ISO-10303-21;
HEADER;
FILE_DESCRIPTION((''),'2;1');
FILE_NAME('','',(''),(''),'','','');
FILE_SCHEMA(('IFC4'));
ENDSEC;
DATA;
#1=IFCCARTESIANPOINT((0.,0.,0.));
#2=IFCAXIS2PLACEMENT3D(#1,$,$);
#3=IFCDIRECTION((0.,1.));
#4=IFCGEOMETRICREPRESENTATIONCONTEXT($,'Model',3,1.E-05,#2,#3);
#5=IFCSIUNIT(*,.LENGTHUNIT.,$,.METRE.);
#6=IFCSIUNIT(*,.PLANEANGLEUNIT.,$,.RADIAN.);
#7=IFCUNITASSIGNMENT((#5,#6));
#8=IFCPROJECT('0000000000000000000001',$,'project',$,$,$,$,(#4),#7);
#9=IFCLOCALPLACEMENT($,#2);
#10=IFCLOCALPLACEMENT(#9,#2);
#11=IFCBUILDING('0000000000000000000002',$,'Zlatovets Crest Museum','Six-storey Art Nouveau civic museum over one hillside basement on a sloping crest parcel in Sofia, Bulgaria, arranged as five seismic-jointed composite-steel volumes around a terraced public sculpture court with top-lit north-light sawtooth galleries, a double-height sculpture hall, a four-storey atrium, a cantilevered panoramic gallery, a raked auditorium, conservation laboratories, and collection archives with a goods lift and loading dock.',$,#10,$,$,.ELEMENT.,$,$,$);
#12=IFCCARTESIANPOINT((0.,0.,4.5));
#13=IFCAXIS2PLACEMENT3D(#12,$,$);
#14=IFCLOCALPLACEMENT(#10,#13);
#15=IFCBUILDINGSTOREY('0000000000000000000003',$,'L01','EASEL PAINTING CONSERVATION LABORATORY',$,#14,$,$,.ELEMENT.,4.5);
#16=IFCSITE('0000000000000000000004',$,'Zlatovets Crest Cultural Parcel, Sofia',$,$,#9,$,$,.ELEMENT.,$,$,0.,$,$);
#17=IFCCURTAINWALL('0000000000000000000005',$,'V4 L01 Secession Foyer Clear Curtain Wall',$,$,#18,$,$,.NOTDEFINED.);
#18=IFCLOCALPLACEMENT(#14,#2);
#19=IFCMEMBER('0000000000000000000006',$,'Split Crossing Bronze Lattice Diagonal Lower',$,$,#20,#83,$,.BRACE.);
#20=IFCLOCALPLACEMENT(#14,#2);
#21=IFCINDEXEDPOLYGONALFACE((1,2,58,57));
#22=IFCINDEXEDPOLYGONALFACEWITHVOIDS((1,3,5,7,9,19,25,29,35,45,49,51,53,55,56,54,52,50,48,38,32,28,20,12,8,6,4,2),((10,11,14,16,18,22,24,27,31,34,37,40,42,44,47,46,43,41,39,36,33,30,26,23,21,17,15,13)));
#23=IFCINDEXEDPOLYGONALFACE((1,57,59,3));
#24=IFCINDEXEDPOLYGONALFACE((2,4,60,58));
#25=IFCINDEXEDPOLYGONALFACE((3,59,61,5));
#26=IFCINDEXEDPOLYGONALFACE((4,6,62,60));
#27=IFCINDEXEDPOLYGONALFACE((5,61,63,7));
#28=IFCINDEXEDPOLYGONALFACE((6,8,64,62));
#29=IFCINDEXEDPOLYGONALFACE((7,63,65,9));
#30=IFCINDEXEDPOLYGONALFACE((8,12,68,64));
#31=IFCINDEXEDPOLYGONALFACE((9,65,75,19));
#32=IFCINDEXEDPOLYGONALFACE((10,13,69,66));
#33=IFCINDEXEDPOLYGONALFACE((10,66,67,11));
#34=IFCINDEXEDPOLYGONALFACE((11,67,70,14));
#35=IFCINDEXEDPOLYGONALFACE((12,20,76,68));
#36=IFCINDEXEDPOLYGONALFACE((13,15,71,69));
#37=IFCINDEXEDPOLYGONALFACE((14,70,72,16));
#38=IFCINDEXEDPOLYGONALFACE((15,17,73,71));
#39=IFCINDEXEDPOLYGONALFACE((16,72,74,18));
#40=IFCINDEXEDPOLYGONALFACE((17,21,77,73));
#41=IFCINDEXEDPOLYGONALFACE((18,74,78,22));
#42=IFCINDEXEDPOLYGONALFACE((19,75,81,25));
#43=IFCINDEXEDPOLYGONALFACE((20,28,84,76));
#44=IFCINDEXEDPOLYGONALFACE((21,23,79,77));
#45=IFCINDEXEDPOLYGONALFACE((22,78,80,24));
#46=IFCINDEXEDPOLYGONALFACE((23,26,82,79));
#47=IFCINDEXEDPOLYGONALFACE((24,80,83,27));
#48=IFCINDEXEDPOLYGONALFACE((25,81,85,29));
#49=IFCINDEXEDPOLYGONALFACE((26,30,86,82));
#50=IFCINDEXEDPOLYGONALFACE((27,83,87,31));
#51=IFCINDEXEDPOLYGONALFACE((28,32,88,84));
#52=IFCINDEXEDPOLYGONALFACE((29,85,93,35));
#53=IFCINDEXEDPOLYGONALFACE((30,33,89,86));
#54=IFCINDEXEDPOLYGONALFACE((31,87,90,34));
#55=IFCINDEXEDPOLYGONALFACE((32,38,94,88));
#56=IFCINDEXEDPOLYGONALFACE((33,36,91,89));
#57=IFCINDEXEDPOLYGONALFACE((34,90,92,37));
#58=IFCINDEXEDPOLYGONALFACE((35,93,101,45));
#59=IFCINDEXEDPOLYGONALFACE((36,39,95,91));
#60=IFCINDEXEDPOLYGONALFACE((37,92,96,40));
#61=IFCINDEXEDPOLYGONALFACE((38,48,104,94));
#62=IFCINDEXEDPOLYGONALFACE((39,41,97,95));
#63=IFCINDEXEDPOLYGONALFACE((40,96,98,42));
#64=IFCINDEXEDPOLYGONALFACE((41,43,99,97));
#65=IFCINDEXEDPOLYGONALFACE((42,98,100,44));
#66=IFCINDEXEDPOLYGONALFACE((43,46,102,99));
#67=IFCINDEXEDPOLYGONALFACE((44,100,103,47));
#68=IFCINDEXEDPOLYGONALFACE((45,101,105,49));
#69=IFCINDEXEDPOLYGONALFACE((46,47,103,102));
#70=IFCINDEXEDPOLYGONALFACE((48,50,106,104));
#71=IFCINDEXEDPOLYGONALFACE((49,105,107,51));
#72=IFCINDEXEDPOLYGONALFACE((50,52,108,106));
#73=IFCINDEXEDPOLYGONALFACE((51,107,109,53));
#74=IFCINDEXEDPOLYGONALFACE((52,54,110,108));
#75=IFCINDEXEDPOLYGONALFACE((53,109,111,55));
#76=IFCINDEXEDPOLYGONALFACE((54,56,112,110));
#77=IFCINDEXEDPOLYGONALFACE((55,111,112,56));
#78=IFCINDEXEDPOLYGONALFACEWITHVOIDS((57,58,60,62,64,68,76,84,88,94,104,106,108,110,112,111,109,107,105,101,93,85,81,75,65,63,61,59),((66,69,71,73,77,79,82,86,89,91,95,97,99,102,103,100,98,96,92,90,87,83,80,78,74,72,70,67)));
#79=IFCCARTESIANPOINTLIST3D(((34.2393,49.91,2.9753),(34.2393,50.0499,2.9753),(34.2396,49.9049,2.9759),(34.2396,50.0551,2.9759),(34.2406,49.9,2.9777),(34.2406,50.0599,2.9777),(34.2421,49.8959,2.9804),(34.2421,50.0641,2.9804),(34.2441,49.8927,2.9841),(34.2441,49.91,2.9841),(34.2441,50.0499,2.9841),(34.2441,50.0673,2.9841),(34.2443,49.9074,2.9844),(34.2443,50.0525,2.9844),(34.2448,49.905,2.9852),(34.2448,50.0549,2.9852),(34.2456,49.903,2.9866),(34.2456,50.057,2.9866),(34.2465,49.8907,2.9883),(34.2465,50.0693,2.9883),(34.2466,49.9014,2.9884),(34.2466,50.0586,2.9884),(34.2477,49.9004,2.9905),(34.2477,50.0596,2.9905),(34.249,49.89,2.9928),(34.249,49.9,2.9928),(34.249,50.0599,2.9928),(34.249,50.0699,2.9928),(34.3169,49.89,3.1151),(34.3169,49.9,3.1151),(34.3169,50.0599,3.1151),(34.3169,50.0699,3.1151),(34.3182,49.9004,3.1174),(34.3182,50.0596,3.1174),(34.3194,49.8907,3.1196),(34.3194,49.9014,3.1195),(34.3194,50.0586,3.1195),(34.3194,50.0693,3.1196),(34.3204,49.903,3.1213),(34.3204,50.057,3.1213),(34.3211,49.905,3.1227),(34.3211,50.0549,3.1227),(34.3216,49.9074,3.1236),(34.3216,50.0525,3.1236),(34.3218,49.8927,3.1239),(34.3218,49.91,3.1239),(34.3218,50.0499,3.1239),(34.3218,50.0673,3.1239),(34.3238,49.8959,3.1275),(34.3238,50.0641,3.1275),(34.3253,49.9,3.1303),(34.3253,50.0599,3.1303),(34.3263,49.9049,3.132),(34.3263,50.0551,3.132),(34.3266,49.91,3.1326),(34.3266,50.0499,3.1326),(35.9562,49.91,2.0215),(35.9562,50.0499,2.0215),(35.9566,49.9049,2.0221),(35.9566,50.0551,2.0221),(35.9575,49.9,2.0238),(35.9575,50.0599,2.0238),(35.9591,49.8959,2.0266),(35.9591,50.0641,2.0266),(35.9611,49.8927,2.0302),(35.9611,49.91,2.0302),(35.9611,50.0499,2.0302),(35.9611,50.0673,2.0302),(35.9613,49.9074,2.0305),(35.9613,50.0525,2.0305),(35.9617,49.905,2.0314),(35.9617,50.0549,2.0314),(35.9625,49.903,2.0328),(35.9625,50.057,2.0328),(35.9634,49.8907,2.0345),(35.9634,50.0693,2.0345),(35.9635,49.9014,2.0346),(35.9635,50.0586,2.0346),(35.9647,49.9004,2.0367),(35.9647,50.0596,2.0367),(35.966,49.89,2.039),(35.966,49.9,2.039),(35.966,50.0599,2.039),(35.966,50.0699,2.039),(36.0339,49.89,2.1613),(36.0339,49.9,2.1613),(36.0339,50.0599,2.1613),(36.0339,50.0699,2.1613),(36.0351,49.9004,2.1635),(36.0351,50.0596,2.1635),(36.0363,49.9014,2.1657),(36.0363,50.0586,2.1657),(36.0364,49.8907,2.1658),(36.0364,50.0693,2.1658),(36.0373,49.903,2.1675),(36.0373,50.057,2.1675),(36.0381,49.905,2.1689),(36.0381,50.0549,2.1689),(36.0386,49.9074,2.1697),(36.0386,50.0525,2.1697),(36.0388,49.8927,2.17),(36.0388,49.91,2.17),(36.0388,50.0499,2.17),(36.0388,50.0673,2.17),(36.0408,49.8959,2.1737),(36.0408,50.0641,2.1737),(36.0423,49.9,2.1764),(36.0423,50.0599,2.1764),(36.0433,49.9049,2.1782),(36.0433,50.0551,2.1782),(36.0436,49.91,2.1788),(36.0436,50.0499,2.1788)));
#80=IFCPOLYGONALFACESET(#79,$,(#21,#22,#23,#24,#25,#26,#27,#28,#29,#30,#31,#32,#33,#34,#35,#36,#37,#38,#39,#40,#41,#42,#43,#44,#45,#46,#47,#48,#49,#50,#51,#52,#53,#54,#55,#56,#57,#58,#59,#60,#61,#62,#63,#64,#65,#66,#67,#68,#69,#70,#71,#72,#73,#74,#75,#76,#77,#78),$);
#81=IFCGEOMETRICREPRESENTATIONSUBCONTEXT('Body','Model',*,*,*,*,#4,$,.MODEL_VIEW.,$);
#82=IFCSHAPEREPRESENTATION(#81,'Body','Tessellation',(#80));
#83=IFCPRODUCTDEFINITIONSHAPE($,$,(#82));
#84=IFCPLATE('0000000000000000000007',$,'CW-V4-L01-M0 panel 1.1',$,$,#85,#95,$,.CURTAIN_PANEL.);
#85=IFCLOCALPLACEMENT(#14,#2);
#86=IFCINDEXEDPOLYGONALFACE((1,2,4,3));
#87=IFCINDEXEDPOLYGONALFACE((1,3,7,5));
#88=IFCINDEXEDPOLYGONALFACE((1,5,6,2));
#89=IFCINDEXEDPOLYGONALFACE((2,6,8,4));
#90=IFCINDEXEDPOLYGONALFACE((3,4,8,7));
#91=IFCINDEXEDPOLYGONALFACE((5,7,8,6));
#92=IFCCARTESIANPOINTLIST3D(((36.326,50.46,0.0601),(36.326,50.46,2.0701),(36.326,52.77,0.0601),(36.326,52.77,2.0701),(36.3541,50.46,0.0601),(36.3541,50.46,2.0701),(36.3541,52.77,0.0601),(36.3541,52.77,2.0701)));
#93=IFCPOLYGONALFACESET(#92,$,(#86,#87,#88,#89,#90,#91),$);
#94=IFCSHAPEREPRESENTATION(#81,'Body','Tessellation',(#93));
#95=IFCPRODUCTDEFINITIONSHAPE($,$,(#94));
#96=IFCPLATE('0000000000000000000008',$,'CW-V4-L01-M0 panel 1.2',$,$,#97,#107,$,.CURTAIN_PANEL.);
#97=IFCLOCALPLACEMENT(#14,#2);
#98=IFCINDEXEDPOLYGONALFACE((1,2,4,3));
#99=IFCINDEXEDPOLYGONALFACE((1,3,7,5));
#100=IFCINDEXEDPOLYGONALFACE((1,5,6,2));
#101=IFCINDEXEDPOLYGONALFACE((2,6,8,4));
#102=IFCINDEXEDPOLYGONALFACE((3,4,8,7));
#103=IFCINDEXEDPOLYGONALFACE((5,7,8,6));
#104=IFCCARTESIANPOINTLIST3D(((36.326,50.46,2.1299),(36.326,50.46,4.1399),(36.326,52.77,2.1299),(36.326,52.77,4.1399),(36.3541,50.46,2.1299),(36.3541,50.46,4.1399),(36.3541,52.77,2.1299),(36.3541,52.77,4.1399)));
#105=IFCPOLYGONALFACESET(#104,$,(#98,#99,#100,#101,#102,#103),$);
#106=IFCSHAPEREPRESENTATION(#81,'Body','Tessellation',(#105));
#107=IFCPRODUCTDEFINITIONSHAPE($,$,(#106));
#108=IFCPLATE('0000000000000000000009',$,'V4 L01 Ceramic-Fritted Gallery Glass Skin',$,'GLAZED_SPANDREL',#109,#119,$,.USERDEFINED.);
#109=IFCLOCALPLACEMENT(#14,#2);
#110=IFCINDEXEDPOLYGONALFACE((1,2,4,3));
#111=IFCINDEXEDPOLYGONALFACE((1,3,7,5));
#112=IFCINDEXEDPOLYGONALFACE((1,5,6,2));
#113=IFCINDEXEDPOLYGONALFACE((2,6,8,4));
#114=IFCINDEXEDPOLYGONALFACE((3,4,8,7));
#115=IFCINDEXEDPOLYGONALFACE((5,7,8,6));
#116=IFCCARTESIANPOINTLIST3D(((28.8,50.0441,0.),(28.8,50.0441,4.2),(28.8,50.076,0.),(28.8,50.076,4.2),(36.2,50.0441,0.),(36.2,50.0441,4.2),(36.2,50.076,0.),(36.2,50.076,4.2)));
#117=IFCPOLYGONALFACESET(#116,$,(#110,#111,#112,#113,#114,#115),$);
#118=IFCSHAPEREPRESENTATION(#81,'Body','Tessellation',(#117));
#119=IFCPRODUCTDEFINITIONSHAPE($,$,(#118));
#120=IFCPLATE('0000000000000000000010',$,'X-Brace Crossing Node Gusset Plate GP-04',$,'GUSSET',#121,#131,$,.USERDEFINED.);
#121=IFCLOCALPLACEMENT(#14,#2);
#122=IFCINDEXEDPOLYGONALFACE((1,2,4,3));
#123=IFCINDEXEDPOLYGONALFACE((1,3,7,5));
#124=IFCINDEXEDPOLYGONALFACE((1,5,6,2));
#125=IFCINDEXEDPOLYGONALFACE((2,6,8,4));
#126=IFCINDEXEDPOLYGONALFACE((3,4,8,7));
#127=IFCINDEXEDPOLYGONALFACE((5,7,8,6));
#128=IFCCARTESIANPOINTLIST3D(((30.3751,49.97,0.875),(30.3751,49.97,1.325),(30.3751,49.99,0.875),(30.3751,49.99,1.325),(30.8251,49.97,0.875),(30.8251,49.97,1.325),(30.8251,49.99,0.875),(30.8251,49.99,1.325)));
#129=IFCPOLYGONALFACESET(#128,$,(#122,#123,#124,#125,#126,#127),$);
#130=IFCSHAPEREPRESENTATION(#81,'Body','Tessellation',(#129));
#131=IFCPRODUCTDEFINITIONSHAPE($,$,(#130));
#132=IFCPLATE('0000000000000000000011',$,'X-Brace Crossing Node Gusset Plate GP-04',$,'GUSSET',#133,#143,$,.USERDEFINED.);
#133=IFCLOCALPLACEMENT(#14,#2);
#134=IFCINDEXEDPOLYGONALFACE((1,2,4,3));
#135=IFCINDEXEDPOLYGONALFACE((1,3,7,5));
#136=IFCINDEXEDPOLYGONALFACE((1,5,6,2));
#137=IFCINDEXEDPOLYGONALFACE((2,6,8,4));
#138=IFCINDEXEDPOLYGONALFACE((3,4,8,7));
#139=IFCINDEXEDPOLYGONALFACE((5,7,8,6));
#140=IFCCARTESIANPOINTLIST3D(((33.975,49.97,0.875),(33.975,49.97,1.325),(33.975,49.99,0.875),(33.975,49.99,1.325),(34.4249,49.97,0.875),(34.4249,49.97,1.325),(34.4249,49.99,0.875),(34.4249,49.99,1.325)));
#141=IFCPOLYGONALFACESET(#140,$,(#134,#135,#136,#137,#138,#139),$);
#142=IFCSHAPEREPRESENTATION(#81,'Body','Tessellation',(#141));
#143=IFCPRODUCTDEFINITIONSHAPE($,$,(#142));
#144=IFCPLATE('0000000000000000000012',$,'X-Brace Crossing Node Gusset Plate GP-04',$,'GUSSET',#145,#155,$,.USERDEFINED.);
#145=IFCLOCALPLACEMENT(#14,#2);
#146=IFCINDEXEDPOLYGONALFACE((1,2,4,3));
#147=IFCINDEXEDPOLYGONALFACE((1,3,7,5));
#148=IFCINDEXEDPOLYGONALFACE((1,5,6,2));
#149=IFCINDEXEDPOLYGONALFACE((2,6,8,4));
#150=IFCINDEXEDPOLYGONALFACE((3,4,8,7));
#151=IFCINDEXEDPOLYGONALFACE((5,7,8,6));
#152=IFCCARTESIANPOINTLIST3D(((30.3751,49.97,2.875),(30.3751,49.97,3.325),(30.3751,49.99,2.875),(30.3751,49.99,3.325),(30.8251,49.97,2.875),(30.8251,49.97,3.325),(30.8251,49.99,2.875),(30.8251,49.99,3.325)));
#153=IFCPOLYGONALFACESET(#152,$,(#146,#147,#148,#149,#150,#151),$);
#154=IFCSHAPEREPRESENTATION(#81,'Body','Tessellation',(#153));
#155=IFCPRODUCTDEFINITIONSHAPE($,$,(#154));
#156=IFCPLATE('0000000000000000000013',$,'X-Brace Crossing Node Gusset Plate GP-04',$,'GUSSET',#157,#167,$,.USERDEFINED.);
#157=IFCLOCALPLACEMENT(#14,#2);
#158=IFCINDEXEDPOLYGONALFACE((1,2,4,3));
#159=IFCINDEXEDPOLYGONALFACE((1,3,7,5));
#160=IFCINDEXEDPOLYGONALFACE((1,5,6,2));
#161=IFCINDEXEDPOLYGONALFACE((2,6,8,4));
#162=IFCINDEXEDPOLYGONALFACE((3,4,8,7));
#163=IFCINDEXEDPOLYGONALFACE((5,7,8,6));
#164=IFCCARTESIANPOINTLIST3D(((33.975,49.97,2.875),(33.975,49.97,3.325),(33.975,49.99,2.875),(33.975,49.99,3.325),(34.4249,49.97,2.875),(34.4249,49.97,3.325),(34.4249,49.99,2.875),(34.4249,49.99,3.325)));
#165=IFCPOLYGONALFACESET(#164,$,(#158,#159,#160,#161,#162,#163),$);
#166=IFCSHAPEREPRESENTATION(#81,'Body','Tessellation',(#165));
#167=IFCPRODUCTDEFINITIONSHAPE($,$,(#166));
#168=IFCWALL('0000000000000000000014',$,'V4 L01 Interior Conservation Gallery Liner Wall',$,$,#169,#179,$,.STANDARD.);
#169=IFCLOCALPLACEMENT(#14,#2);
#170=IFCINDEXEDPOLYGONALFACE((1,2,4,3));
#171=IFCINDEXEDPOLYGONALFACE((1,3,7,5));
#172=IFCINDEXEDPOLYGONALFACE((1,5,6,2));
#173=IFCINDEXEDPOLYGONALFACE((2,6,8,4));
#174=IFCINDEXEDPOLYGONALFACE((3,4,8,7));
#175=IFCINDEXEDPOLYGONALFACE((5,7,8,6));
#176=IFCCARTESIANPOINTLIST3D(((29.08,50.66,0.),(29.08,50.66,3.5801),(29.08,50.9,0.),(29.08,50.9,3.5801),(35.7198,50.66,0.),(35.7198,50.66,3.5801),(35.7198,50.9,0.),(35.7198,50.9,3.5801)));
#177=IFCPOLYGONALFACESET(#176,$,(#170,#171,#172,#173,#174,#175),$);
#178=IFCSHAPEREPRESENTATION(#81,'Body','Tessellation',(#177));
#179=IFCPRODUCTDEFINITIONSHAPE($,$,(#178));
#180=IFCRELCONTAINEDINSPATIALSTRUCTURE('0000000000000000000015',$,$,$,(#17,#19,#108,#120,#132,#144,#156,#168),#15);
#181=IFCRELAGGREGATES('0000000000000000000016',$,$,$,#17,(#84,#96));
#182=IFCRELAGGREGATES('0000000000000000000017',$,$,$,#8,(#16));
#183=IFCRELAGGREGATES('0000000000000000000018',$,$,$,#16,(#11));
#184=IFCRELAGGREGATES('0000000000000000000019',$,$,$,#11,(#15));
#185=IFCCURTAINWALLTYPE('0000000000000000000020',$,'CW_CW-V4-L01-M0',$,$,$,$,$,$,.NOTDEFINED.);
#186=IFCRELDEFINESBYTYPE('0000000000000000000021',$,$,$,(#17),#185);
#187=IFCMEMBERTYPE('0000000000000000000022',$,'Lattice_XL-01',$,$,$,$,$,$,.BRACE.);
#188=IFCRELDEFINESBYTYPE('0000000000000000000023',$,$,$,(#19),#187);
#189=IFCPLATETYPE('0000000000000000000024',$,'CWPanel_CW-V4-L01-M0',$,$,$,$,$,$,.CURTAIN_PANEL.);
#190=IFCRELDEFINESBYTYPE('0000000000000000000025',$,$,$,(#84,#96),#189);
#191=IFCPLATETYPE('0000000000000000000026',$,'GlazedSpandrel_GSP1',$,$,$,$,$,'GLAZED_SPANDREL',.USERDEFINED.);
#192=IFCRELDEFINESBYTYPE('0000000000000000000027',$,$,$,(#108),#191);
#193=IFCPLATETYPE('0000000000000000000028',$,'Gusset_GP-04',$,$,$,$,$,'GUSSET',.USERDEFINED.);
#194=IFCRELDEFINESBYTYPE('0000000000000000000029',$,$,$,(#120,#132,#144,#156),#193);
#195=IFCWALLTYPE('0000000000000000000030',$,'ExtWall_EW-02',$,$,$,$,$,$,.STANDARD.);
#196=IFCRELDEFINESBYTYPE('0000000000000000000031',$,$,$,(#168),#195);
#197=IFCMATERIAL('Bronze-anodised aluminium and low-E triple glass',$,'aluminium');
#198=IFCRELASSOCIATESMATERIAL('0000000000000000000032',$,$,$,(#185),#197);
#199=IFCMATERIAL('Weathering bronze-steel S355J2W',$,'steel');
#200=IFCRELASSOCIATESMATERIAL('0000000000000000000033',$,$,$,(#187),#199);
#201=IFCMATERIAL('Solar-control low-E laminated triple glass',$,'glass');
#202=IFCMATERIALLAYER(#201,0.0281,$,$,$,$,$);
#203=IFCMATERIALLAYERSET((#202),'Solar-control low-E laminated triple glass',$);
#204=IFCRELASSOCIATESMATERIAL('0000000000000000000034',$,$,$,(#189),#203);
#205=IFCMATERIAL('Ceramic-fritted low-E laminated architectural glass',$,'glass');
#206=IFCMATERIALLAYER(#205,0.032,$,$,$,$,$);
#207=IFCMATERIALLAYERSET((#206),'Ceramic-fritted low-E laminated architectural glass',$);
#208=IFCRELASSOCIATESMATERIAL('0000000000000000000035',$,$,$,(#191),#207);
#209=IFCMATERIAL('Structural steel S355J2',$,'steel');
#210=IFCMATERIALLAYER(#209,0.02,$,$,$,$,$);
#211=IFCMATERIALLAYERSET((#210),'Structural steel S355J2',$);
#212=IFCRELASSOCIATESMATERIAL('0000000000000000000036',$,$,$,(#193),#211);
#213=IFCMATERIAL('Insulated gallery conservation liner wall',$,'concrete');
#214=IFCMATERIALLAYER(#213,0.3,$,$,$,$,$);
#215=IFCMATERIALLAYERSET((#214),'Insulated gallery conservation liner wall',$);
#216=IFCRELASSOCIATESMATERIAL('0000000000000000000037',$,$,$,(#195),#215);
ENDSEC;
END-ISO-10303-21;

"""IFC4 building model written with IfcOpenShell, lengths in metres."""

from ifc_helpers import new_model, si_unit, direction, frame, frame_2d, origin, origin_2d, place, context, subcontext, project, spatial, rectangle, hollow_rectangle, extrude, material, layer, layer_set, material_profile, profile_set, type_object, element, aggregate, save


model = new_model("IFC4")

# Units and contexts
model_context = context("Model", 3, precision=1e-05, world=origin(), true_north=direction((0.0, 1.0)))
body_context = subcontext(model_context, "Body", "Model", "MODEL_VIEW")
ifc_project = project(units=[si_unit("LENGTHUNIT", "METRE"), si_unit("PLANEANGLEUNIT", "RADIAN")], contexts=[model_context])

# Site, building, storey
site_placement = place(None, origin())
site = spatial("IfcSite", under=ifc_project, at=site_placement, Name="Zlatovets Crest Cultural Parcel, Sofia", CompositionType="ELEMENT", RefElevation=0.0)
building_placement = place(site_placement, origin())
building = spatial("IfcBuilding", under=site, at=building_placement, Name="Zlatovets Crest Museum", Description="Six-storey Art Nouveau civic museum over one hillside basement on a sloping crest parcel in Sofia, Bulgaria, arranged as five seismic-jointed composite-steel volumes around a terraced public sculpture court with top-lit north-light sawtooth galleries, a double-height sculpture hall, a four-storey atrium, a cantilevered panoramic gallery, a raked auditorium, conservation laboratories, and collection archives with a goods lift and loading dock.", CompositionType="ELEMENT")
storey_placement = place(building_placement, frame((0.0, 0.0, 4.5)))
storey = spatial("IfcBuildingStorey", under=building, at=storey_placement, Name="L01", Description="EASEL PAINTING CONSERVATION LABORATORY", CompositionType="ELEMENT", Elevation=4.5)

# Shared definitions
ifc_material_1 = material(Name="Structural steel S355J2", Category="steel")

# Curtain wall
ifc_material_2 = material(Name="Bronze-anodised aluminium and low-E triple glass", Category="aluminium")
curtain_wall_type = type_object("IfcCurtainWallType", Name="CW_CW-V4-L01-M0", PredefinedType="NOTDEFINED", material=ifc_material_2)
curtain_wall_placement = place(storey_placement, origin())
curtain_wall = element("IfcCurtainWall", 1, at=curtain_wall_placement, inside=storey, type_object=curtain_wall_type, Name="V4 L01 Secession Foyer Clear Curtain Wall", PredefinedType="NOTDEFINED")

# Member
ifc_material_3 = material(Name="Weathering bronze-steel S355J2W", Category="steel")
ifc_material_profile_1 = material_profile(ifc_material_3, hollow_rectangle(XDim=0.1799, YDim=0.1799, WallThickness=0.01, InnerFilletRadius=0.01, OuterFilletRadius=0.02, at=origin_2d()), Name="SHS 180x180x10.0")
ifc_profile_set_1 = profile_set([ifc_material_profile_1], Name="Weathering bronze-steel S355J2W")
member_type_1 = type_object("IfcMemberType", Name="Lattice_XL-01", PredefinedType="BRACE", material=ifc_profile_set_1)
member_1_placement = place(storey_placement, frame((34.283, 49.98, 3.054), z_axis=(0.874169, 0.0, -0.485622), x_axis=(0.0, 1.0, 0.0)))
element("IfcMember", 2, at=member_1_placement, inside=storey, type_object=member_type_1, Name="Split Crossing Bronze Lattice Diagonal Lower", PredefinedType="BRACE", context=body_context, shape_type="SweptSolid", body=[
    extrude(hollow_rectangle(XDim=0.1799, YDim=0.1799, WallThickness=0.01, InnerFilletRadius=0.01, OuterFilletRadius=0.02, at=origin_2d()), origin(), (0.0, 0.0, 1.0), 1.9641),
])

# Plates
ifc_material_4 = material(Name="Solar-control low-E laminated triple glass", Category="glass")
ifc_layer_1 = layer(ifc_material_4, 0.0281)
ifc_layer_set_1 = layer_set([ifc_layer_1], Name="Solar-control low-E laminated triple glass")
plate_type_1 = type_object("IfcPlateType", Name="CWPanel_CW-V4-L01-M0", PredefinedType="CURTAIN_PANEL", material=ifc_layer_set_1)
plate_1_placement = place(storey_placement, frame((36.3401, 51.615, 0.0601), z_axis=(0.0, 0.0, 1.0), x_axis=(0.0, 1.0, 0.0)))
plate_1 = element("IfcPlate", 3, at=plate_1_placement, type_object=plate_type_1, Name="CW-V4-L01-M0 panel 1.1", PredefinedType="CURTAIN_PANEL", context=body_context, shape_type="SweptSolid", body=[
    extrude(rectangle(XDim=2.3101, YDim=0.0281, at=origin_2d()), origin(), (0.0, 0.0, 1.0), 2.01),
])
plate_2_placement = place(storey_placement, frame((36.3401, 51.615, 2.1299), z_axis=(0.0, 0.0, 1.0), x_axis=(0.0, 1.0, 0.0)))
plate_2 = element("IfcPlate", 4, at=plate_2_placement, type_object=plate_type_1, Name="CW-V4-L01-M0 panel 1.2", PredefinedType="CURTAIN_PANEL", context=body_context, shape_type="SweptSolid", body=[
    extrude(rectangle(XDim=2.3101, YDim=0.0281, at=origin_2d()), origin(), (0.0, 0.0, 1.0), 2.01),
])
aggregate(curtain_wall, [plate_1, plate_2])

# Plates
ifc_material_5 = material(Name="Ceramic-fritted low-E laminated architectural glass", Category="glass")
ifc_layer_2 = layer(ifc_material_5, 0.032)
ifc_layer_set_2 = layer_set([ifc_layer_2], Name="Ceramic-fritted low-E laminated architectural glass")
plate_type_2 = type_object("IfcPlateType", Name="GlazedSpandrel_GSP1", ElementType="GLAZED_SPANDREL", PredefinedType="USERDEFINED", material=ifc_layer_set_2)
plate_3_placement = place(storey_placement, frame((32.5, 50.0601, 0.0), z_axis=(0.0, 0.0, 1.0), x_axis=(1.0, 0.0, 0.0)))
element("IfcPlate", 5, at=plate_3_placement, inside=storey, type_object=plate_type_2, Name="V4 L01 Ceramic-Fritted Gallery Glass Skin", ObjectType="GLAZED_SPANDREL", PredefinedType="USERDEFINED", context=body_context, shape_type="SweptSolid", body=[
    extrude(rectangle(XDim=7.3999, YDim=0.032, at=origin_2d()), origin(), (0.0, 0.0, 1.0), 4.2),
])
ifc_layer_3 = layer(ifc_material_1, 0.02)
ifc_layer_set_3 = layer_set([ifc_layer_3], Name="Structural steel S355J2")
plate_type_3 = type_object("IfcPlateType", Name="Gusset_GP-04", ElementType="GUSSET", PredefinedType="USERDEFINED", material=ifc_layer_set_3)
for number, where, z_axis, x_axis, name in (
    (6, (30.6001, 49.98, 0.875), (0.0, 0.0, 1.0), (1.0, 0.0, 0.0), "X-Brace Crossing Node Gusset Plate GP-04"),
    (7, (34.2, 49.98, 0.875), (0.0, 0.0, 1.0), (1.0, 0.0, 0.0), "X-Brace Crossing Node Gusset Plate GP-04"),
    (8, (30.6001, 49.98, 2.875), (0.0, 0.0, 1.0), (1.0, 0.0, 0.0), "X-Brace Crossing Node Gusset Plate GP-04"),
    (9, (34.2, 49.98, 2.875), (0.0, 0.0, 1.0), (1.0, 0.0, 0.0), "X-Brace Crossing Node Gusset Plate GP-04"),
):
    element("IfcPlate", number, at=place(storey_placement, frame(where, z_axis=z_axis, x_axis=x_axis)), inside=storey, type_object=plate_type_3, Name=name, ObjectType="GUSSET", PredefinedType="USERDEFINED", context=body_context, shape_type="SweptSolid", body=[
        extrude(rectangle(XDim=0.45, YDim=0.02, at=origin_2d()), origin(), (0.0, 0.0, 1.0), 0.45),
    ])

# Wall
ifc_material_6 = material(Name="Insulated gallery conservation liner wall", Category="concrete")
ifc_layer_4 = layer(ifc_material_6, 0.3)
ifc_layer_set_4 = layer_set([ifc_layer_4], Name="Insulated gallery conservation liner wall")
wall_type_1 = type_object("IfcWallType", Name="ExtWall_EW-02", PredefinedType="STANDARD", material=ifc_layer_set_4)
wall_1_placement = place(storey_placement, frame((29.0801, 50.78, 0.0), z_axis=(0.0, 0.0, 1.0), x_axis=(1.0, 0.0, 0.0)))
element("IfcWall", 10, at=wall_1_placement, inside=storey, type_object=wall_type_1, Name="V4 L01 Interior Conservation Gallery Liner Wall", PredefinedType="STANDARD", context=body_context, shape_type="SweptSolid", body=[
    extrude(rectangle(XDim=6.6399, YDim=0.24, at=frame_2d((3.3198, 0.0))), origin(), (0.0, 0.0, 1.0), 3.5801),
])

save(model, "model.ifc")
